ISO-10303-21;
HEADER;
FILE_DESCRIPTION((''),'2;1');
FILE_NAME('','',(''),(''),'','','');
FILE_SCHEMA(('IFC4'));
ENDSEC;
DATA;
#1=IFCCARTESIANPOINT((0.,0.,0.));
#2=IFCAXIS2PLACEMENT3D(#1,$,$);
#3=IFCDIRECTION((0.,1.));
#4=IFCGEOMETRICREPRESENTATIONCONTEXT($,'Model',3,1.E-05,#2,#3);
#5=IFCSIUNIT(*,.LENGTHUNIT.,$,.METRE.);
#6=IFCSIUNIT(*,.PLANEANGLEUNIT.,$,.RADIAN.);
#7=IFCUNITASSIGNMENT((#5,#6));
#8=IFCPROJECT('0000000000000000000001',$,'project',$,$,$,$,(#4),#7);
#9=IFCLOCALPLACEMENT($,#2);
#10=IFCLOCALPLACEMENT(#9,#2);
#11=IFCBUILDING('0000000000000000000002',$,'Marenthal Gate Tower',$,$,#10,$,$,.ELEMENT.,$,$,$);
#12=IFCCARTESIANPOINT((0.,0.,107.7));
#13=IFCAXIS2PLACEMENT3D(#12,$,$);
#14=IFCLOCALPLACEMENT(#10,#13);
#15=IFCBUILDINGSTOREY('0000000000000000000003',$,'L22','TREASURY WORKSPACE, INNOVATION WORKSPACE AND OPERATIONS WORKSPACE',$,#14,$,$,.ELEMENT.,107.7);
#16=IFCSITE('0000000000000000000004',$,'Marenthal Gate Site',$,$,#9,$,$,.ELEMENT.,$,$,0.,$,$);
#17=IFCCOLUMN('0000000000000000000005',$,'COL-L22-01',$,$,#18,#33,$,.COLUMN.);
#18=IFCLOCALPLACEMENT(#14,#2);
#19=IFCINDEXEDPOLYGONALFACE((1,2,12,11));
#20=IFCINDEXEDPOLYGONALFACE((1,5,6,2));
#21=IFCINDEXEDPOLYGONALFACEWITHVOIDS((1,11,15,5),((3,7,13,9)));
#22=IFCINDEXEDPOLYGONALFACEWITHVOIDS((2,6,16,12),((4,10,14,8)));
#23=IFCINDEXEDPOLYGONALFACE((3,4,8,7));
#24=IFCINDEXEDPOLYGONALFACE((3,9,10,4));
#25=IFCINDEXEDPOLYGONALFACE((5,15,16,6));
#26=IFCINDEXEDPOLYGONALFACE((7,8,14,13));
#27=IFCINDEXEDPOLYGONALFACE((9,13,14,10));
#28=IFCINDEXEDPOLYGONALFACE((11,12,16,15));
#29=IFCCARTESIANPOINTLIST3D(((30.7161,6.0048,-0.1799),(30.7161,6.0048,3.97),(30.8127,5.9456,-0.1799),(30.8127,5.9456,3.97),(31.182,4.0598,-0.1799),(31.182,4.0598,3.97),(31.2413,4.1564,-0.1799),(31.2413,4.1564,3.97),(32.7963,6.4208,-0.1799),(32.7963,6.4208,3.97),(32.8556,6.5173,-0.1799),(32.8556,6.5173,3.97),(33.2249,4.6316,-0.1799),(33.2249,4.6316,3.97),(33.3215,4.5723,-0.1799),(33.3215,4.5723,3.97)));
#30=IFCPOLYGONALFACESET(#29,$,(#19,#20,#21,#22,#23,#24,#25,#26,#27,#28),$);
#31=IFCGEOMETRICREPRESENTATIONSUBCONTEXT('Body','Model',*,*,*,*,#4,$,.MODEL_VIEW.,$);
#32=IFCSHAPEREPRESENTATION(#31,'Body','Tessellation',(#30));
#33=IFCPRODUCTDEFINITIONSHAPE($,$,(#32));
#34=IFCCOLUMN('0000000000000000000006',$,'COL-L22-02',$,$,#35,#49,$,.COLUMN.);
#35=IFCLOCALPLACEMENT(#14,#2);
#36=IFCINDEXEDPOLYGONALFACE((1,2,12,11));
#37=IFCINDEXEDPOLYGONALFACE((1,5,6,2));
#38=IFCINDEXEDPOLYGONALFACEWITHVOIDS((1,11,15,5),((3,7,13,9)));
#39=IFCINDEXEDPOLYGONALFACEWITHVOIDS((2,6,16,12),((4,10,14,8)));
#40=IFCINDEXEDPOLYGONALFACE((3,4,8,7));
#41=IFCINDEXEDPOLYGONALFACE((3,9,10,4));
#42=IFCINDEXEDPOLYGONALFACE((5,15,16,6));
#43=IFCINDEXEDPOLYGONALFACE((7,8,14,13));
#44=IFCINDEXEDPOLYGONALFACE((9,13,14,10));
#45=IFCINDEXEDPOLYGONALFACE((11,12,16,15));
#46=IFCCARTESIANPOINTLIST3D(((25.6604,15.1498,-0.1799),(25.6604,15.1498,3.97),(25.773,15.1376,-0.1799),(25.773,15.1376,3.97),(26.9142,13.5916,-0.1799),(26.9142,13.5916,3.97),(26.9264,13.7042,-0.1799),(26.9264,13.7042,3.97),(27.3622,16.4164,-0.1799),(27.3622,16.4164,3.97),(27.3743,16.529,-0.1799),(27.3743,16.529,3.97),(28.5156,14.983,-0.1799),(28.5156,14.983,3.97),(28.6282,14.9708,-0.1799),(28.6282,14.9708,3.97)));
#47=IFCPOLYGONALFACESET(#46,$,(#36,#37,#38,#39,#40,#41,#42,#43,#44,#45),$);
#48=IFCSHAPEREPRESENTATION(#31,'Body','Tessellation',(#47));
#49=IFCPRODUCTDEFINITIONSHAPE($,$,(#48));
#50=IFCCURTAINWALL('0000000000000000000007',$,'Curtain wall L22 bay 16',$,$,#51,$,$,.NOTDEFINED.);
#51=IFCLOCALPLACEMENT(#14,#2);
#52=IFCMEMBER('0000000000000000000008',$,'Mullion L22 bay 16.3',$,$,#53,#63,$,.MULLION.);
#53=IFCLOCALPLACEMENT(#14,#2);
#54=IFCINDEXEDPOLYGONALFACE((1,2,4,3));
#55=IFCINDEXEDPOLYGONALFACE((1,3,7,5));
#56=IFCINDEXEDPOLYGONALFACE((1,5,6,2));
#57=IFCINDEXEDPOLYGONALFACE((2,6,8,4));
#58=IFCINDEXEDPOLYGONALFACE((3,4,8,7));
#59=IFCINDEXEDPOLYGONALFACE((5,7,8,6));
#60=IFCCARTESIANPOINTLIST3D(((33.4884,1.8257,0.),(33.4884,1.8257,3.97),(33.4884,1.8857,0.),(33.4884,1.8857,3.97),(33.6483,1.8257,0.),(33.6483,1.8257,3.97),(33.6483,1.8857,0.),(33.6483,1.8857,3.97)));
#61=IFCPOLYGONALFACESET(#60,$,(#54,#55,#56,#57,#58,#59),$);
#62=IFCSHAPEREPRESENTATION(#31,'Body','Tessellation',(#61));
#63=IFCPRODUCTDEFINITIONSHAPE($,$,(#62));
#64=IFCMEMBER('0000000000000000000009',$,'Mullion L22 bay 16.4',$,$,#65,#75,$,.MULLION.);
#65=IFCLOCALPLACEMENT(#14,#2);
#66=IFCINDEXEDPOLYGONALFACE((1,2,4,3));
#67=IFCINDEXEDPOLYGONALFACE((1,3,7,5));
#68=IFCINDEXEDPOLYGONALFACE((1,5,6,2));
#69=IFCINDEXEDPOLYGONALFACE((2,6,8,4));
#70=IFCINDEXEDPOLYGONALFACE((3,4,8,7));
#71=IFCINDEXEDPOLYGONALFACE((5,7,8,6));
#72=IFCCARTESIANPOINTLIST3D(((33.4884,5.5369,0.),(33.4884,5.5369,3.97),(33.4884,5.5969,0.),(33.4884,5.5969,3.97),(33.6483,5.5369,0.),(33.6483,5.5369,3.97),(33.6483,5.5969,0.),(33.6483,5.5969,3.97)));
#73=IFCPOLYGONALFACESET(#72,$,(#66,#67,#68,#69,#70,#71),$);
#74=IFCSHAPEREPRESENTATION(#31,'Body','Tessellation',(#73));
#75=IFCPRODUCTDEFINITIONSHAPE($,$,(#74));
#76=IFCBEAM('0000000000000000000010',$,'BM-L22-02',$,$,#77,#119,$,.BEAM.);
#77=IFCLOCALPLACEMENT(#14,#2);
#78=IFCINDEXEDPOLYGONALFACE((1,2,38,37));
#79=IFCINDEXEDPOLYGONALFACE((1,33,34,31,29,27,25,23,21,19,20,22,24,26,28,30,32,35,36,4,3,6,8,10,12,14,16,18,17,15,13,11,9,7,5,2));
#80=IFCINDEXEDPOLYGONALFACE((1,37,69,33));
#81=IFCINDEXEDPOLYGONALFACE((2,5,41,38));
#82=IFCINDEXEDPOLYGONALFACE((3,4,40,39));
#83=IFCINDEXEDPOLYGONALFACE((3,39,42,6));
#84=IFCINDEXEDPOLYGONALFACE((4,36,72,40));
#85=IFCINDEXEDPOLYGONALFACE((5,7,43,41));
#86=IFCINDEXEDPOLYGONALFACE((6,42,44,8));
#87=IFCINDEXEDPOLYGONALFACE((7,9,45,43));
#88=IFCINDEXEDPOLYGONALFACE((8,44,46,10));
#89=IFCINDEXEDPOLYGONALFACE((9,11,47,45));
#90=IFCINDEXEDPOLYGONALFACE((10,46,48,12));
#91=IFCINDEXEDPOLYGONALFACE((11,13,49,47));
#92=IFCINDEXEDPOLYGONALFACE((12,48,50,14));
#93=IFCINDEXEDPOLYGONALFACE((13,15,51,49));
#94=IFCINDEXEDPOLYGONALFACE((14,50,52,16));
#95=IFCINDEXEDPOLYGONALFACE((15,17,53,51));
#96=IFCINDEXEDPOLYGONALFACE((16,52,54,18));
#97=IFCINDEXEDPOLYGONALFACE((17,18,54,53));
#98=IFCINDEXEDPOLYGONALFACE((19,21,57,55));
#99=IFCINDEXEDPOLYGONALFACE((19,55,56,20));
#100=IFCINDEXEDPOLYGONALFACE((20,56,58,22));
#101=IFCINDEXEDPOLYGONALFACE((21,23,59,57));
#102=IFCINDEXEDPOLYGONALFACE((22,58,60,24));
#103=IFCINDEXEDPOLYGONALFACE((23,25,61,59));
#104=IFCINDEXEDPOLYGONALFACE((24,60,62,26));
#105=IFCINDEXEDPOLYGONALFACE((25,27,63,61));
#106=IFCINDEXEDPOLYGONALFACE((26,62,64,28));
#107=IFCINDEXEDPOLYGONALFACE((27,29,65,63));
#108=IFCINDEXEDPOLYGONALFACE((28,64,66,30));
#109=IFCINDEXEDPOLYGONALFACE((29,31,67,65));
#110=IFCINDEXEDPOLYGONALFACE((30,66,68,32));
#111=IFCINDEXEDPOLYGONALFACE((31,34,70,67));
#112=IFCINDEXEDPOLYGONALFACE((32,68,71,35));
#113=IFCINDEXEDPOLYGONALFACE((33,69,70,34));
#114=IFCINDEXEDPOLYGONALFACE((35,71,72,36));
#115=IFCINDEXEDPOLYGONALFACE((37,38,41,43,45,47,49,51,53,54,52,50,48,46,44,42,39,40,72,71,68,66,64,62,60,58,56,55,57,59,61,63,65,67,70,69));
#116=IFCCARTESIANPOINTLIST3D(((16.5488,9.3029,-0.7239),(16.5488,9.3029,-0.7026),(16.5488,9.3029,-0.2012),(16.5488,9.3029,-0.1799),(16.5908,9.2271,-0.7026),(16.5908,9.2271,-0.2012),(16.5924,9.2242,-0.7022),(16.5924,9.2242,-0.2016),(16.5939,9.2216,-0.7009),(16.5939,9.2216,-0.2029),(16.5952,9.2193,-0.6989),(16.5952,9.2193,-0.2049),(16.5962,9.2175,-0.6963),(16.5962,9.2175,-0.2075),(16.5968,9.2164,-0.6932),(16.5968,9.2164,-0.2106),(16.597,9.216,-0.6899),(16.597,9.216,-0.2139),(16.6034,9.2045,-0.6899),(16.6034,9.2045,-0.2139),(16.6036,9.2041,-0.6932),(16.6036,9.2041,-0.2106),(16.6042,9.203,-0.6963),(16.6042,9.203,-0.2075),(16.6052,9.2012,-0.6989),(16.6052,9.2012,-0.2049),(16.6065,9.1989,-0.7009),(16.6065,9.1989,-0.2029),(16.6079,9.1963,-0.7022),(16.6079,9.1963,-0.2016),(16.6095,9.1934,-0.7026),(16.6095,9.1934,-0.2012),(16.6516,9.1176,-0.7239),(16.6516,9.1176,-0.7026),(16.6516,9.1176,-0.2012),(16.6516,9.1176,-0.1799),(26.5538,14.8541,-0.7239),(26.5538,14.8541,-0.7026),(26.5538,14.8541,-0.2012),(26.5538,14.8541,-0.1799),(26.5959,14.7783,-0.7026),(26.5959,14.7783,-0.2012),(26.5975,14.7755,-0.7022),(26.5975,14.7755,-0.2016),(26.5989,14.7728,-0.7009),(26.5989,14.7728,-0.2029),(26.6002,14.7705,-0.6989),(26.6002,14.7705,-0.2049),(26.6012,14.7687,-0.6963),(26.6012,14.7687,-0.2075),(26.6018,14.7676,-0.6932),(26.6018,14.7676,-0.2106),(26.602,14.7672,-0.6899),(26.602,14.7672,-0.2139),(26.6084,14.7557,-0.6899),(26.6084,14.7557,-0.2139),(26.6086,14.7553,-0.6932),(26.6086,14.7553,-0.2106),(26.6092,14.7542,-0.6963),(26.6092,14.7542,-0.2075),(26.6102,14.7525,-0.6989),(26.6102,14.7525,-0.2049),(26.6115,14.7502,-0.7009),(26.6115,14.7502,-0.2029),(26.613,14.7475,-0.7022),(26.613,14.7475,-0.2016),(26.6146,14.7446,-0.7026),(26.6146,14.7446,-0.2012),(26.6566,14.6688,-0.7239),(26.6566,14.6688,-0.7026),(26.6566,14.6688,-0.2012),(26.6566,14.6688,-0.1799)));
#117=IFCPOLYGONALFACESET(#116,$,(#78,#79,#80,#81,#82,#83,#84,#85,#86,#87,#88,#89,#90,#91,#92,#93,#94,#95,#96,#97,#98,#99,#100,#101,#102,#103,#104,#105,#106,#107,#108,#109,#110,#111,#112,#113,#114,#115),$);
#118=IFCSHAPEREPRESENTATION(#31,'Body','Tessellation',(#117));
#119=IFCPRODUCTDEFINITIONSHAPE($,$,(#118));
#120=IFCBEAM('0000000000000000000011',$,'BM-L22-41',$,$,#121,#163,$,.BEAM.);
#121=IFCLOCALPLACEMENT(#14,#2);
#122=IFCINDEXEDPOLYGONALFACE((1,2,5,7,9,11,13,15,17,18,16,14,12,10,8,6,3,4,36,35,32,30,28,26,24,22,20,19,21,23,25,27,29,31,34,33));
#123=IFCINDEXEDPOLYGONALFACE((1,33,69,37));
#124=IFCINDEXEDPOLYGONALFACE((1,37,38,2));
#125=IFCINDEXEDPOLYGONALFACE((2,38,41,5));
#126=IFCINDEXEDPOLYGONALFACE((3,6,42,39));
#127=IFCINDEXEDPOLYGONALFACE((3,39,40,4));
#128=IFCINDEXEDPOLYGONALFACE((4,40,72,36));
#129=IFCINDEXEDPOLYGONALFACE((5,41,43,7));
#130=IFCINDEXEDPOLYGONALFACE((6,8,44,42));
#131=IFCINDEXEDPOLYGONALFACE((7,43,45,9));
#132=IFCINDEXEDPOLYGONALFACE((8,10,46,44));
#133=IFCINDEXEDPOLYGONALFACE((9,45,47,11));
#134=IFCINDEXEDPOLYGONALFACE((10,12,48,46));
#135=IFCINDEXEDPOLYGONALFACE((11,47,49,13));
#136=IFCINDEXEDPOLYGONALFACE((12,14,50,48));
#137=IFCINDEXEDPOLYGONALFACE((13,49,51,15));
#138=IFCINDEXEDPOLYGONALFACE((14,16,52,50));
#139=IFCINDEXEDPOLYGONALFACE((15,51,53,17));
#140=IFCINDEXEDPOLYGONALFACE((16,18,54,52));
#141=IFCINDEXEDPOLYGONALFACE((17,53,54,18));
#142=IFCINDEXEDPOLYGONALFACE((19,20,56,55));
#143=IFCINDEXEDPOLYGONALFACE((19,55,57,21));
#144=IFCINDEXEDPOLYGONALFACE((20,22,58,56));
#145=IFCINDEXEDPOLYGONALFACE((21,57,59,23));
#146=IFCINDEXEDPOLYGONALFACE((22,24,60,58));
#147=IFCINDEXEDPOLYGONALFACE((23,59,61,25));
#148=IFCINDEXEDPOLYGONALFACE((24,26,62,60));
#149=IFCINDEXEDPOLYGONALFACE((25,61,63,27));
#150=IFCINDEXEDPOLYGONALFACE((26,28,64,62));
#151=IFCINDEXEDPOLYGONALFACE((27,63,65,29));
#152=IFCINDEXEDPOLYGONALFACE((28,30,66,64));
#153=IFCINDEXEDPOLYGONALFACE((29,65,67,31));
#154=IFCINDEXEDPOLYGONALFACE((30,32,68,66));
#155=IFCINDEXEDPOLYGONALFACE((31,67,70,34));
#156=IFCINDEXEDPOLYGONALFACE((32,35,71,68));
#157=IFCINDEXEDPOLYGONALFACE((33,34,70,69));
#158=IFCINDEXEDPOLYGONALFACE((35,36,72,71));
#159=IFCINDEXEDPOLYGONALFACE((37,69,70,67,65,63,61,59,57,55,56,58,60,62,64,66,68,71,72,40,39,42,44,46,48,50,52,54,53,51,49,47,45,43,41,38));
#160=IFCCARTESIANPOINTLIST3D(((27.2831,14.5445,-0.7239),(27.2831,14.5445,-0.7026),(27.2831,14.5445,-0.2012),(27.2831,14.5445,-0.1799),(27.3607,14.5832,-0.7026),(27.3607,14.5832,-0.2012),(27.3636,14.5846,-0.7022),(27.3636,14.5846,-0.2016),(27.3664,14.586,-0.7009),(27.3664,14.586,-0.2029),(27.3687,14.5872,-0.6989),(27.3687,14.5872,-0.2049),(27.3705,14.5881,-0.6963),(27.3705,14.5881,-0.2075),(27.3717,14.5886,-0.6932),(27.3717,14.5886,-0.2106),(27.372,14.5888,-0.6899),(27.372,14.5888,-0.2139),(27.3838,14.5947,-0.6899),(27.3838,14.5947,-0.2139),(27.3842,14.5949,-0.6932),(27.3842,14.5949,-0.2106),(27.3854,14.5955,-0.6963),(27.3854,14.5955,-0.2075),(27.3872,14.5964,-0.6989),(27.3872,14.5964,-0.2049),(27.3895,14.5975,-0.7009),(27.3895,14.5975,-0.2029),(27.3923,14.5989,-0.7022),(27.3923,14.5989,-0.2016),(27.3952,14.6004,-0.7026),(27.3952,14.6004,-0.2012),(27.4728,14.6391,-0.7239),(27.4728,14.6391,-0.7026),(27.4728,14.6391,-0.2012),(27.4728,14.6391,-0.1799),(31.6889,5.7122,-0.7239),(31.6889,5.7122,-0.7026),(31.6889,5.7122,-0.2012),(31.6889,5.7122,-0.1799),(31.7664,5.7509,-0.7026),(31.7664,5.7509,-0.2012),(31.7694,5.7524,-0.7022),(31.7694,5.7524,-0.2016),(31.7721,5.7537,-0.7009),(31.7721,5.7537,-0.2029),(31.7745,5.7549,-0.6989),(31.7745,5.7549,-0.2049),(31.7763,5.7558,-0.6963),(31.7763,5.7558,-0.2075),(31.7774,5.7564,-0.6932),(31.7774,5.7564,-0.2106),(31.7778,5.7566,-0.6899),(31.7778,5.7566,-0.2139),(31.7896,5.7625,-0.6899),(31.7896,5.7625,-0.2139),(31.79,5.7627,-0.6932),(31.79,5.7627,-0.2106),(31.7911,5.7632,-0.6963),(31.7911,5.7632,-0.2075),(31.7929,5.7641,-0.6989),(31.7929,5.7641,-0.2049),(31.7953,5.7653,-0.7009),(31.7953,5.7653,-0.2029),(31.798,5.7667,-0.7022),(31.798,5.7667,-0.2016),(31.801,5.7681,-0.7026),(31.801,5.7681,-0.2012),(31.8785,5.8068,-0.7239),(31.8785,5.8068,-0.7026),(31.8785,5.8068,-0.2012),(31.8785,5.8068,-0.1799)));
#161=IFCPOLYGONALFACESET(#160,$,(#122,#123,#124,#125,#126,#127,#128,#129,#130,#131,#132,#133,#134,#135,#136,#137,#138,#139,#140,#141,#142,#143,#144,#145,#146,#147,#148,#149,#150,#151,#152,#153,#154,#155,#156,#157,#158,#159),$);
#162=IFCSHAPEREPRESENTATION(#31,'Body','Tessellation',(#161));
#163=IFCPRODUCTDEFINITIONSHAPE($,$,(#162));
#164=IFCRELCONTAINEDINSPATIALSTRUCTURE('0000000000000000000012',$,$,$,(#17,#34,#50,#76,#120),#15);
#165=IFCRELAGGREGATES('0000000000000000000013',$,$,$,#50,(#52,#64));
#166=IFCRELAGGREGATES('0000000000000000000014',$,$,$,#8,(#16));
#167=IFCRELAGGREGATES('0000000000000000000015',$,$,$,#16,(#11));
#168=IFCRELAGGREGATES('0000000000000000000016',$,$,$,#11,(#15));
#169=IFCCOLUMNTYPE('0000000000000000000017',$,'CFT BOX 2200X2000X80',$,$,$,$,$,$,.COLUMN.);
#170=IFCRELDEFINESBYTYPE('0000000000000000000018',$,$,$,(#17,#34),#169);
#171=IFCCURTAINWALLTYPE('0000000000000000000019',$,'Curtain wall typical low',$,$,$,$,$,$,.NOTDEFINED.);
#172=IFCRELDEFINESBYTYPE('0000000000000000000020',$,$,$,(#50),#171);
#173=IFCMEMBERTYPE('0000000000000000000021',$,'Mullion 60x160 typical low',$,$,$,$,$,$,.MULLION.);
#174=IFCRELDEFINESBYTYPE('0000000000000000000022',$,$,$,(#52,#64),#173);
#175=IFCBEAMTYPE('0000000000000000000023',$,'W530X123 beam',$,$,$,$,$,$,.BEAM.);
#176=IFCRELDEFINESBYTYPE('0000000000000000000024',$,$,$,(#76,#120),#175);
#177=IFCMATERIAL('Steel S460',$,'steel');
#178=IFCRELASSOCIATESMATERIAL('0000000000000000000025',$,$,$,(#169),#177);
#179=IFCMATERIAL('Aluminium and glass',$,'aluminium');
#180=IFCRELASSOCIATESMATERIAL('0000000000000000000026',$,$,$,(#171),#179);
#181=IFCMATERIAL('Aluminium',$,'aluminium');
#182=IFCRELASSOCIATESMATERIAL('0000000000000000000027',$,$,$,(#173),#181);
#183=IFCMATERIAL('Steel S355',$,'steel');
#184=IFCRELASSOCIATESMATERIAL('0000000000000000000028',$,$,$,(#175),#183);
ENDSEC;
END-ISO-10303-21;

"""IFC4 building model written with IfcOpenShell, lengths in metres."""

from ifc_helpers import new_model, si_unit, direction, frame, origin, origin_2d, place, context, subcontext, project, spatial, rectangle, hollow_rectangle, i_section, extrude, material, material_profile, profile_set, type_object, element, aggregate, save


model = new_model("IFC4")

# Units and contexts
model_context = context("Model", 3, precision=1e-05, world=origin(), true_north=direction((0.0, 1.0)))
body_context = subcontext(model_context, "Body", "Model", "MODEL_VIEW")
ifc_project = project(units=[si_unit("LENGTHUNIT", "METRE"), si_unit("PLANEANGLEUNIT", "RADIAN")], contexts=[model_context])

# Site, building, storey
site_placement = place(None, origin())
site = spatial("IfcSite", under=ifc_project, at=site_placement, Name="Marenthal Gate Site", CompositionType="ELEMENT", RefElevation=0.0)
building_placement = place(site_placement, origin())
building = spatial("IfcBuilding", under=site, at=building_placement, Name="Marenthal Gate Tower", CompositionType="ELEMENT")
storey_placement = place(building_placement, frame((0.0, 0.0, 107.7)))
storey = spatial("IfcBuildingStorey", under=building, at=storey_placement, Name="L22", Description="TREASURY WORKSPACE, INNOVATION WORKSPACE AND OPERATIONS WORKSPACE", CompositionType="ELEMENT", Elevation=107.7)

# Columns
ifc_material_1 = material(Name="Steel S460", Category="steel")
ifc_material_profile_1 = material_profile(ifc_material_1, hollow_rectangle(XDim=2.0, YDim=2.2, WallThickness=0.0801, at=origin_2d()), Name="CFT BOX 2200X2000X80")
ifc_material_2 = material(Name="Concrete 70 MPa", Category="concrete")
ifc_material_profile_2 = material_profile(ifc_material_2, rectangle(XDim=1.8401, YDim=2.04, at=origin_2d()), Name="CFT BOX 2200X2000X80 INFILL")
ifc_profile_set_1 = profile_set([ifc_material_profile_1, ifc_material_profile_2], Name="Steel S460 shell, Concrete 70 MPa infill")
column_type = type_object("IfcColumnType", Name="CFT BOX 2200X2000X80", PredefinedType="COLUMN", material=ifc_profile_set_1)
for number, where, z_axis, x_axis, name in (
    (1, (32.0188, 5.2886, -0.1799), (0.0, 0.0, 1.0), (0.232958, -0.972487, 0.0), "COL-L22-01"),
    (2, (27.1443, 15.0603, -0.1799), (0.0, 0.0, 1.0), (0.626918, -0.779085, 0.0), "COL-L22-02"),
):
    element("IfcColumn", number, at=place(storey_placement, frame(where, z_axis=z_axis, x_axis=x_axis)), inside=storey, type_object=column_type, Name=name, PredefinedType="COLUMN", context=body_context, shape_type="SweptSolid", body=[
        extrude(hollow_rectangle(XDim=2.0, YDim=2.2, WallThickness=0.0801, at=origin_2d()), origin(), (0.0, 0.0, 1.0), 4.1499),
    ])

# Curtain wall, members
ifc_material_3 = material(Name="Aluminium and glass", Category="aluminium")
curtain_wall_type = type_object("IfcCurtainWallType", Name="Curtain wall typical low", PredefinedType="NOTDEFINED", material=ifc_material_3)
curtain_wall_placement = place(storey_placement, origin())
curtain_wall = element("IfcCurtainWall", 3, at=curtain_wall_placement, inside=storey, type_object=curtain_wall_type, Name="Curtain wall L22 bay 16", PredefinedType="NOTDEFINED")
ifc_material_4 = material(Name="Aluminium", Category="aluminium")
ifc_material_profile_3 = material_profile(ifc_material_4, rectangle(XDim=0.1599, YDim=0.0601, at=origin_2d()), Name="60x160 aluminium mullion")
ifc_profile_set_2 = profile_set([ifc_material_profile_3], Name="Aluminium")
member_type = type_object("IfcMemberType", Name="Mullion 60x160 typical low", PredefinedType="MULLION", material=ifc_profile_set_2)
member_1_placement = place(storey_placement, frame((33.5684, 1.8557, 0.0), z_axis=(0.0, 0.0, 1.0), x_axis=(-1.0, 0.0, 0.0)))
member_1 = element("IfcMember", 4, at=member_1_placement, type_object=member_type, Name="Mullion L22 bay 16.3", PredefinedType="MULLION", context=body_context, shape_type="SweptSolid", body=[
    extrude(rectangle(XDim=0.1599, YDim=0.0601, at=origin_2d()), origin(), (0.0, 0.0, 1.0), 3.97),
])
member_2_placement = place(storey_placement, frame((33.5684, 5.5669, 0.0), z_axis=(0.0, 0.0, 1.0), x_axis=(-1.0, 0.0, 0.0)))
member_2 = element("IfcMember", 5, at=member_2_placement, type_object=member_type, Name="Mullion L22 bay 16.4", PredefinedType="MULLION", context=body_context, shape_type="SweptSolid", body=[
    extrude(rectangle(XDim=0.1599, YDim=0.0601, at=origin_2d()), origin(), (0.0, 0.0, 1.0), 3.97),
])

# Beams
ifc_material_5 = material(Name="Steel S355", Category="steel")
ifc_material_profile_4 = material_profile(ifc_material_5, i_section(OverallWidth=0.2119, OverallDepth=0.5439, WebThickness=0.0132, FlangeThickness=0.0212, FilletRadius=0.0127, at=origin_2d()), Name="W530X123")
ifc_profile_set_3 = profile_set([ifc_material_profile_4], Name="Steel S355")
beam_type_1 = type_object("IfcBeamType", Name="W530X123 beam", PredefinedType="BEAM", material=ifc_profile_set_3)
beam_1_placement = place(storey_placement, frame((26.6052, 14.7615, -0.4519), z_axis=(-0.874422, -0.485166, 0.0), x_axis=(0.485166, -0.874422, 0.0)))
element("IfcBeam", 6, at=beam_1_placement, inside=storey, type_object=beam_type_1, Name="BM-L22-02", PredefinedType="BEAM", context=body_context, shape_type="SweptSolid", body=[
    extrude(i_section(OverallWidth=0.2119, OverallDepth=0.5439, WebThickness=0.0132, FlangeThickness=0.0212, FilletRadius=0.0127, at=origin_2d()), origin(), (0.0, 0.0, 1.0), 11.4419),
])
beam_2_placement = place(storey_placement, frame((31.7837, 5.7595, -0.4519), z_axis=(-0.446372, 0.894847, 0.0), x_axis=(-0.894847, -0.446372, 0.0)))
element("IfcBeam", 7, at=beam_2_placement, inside=storey, type_object=beam_type_1, Name="BM-L22-41", PredefinedType="BEAM", context=body_context, shape_type="SweptSolid", body=[
    extrude(i_section(OverallWidth=0.2119, OverallDepth=0.5439, WebThickness=0.0132, FlangeThickness=0.0212, FilletRadius=0.0127, at=origin_2d()), origin(), (0.0, 0.0, 1.0), 9.8701),
])

aggregate(curtain_wall, [member_1, member_2])

save(model, "model.ifc")
